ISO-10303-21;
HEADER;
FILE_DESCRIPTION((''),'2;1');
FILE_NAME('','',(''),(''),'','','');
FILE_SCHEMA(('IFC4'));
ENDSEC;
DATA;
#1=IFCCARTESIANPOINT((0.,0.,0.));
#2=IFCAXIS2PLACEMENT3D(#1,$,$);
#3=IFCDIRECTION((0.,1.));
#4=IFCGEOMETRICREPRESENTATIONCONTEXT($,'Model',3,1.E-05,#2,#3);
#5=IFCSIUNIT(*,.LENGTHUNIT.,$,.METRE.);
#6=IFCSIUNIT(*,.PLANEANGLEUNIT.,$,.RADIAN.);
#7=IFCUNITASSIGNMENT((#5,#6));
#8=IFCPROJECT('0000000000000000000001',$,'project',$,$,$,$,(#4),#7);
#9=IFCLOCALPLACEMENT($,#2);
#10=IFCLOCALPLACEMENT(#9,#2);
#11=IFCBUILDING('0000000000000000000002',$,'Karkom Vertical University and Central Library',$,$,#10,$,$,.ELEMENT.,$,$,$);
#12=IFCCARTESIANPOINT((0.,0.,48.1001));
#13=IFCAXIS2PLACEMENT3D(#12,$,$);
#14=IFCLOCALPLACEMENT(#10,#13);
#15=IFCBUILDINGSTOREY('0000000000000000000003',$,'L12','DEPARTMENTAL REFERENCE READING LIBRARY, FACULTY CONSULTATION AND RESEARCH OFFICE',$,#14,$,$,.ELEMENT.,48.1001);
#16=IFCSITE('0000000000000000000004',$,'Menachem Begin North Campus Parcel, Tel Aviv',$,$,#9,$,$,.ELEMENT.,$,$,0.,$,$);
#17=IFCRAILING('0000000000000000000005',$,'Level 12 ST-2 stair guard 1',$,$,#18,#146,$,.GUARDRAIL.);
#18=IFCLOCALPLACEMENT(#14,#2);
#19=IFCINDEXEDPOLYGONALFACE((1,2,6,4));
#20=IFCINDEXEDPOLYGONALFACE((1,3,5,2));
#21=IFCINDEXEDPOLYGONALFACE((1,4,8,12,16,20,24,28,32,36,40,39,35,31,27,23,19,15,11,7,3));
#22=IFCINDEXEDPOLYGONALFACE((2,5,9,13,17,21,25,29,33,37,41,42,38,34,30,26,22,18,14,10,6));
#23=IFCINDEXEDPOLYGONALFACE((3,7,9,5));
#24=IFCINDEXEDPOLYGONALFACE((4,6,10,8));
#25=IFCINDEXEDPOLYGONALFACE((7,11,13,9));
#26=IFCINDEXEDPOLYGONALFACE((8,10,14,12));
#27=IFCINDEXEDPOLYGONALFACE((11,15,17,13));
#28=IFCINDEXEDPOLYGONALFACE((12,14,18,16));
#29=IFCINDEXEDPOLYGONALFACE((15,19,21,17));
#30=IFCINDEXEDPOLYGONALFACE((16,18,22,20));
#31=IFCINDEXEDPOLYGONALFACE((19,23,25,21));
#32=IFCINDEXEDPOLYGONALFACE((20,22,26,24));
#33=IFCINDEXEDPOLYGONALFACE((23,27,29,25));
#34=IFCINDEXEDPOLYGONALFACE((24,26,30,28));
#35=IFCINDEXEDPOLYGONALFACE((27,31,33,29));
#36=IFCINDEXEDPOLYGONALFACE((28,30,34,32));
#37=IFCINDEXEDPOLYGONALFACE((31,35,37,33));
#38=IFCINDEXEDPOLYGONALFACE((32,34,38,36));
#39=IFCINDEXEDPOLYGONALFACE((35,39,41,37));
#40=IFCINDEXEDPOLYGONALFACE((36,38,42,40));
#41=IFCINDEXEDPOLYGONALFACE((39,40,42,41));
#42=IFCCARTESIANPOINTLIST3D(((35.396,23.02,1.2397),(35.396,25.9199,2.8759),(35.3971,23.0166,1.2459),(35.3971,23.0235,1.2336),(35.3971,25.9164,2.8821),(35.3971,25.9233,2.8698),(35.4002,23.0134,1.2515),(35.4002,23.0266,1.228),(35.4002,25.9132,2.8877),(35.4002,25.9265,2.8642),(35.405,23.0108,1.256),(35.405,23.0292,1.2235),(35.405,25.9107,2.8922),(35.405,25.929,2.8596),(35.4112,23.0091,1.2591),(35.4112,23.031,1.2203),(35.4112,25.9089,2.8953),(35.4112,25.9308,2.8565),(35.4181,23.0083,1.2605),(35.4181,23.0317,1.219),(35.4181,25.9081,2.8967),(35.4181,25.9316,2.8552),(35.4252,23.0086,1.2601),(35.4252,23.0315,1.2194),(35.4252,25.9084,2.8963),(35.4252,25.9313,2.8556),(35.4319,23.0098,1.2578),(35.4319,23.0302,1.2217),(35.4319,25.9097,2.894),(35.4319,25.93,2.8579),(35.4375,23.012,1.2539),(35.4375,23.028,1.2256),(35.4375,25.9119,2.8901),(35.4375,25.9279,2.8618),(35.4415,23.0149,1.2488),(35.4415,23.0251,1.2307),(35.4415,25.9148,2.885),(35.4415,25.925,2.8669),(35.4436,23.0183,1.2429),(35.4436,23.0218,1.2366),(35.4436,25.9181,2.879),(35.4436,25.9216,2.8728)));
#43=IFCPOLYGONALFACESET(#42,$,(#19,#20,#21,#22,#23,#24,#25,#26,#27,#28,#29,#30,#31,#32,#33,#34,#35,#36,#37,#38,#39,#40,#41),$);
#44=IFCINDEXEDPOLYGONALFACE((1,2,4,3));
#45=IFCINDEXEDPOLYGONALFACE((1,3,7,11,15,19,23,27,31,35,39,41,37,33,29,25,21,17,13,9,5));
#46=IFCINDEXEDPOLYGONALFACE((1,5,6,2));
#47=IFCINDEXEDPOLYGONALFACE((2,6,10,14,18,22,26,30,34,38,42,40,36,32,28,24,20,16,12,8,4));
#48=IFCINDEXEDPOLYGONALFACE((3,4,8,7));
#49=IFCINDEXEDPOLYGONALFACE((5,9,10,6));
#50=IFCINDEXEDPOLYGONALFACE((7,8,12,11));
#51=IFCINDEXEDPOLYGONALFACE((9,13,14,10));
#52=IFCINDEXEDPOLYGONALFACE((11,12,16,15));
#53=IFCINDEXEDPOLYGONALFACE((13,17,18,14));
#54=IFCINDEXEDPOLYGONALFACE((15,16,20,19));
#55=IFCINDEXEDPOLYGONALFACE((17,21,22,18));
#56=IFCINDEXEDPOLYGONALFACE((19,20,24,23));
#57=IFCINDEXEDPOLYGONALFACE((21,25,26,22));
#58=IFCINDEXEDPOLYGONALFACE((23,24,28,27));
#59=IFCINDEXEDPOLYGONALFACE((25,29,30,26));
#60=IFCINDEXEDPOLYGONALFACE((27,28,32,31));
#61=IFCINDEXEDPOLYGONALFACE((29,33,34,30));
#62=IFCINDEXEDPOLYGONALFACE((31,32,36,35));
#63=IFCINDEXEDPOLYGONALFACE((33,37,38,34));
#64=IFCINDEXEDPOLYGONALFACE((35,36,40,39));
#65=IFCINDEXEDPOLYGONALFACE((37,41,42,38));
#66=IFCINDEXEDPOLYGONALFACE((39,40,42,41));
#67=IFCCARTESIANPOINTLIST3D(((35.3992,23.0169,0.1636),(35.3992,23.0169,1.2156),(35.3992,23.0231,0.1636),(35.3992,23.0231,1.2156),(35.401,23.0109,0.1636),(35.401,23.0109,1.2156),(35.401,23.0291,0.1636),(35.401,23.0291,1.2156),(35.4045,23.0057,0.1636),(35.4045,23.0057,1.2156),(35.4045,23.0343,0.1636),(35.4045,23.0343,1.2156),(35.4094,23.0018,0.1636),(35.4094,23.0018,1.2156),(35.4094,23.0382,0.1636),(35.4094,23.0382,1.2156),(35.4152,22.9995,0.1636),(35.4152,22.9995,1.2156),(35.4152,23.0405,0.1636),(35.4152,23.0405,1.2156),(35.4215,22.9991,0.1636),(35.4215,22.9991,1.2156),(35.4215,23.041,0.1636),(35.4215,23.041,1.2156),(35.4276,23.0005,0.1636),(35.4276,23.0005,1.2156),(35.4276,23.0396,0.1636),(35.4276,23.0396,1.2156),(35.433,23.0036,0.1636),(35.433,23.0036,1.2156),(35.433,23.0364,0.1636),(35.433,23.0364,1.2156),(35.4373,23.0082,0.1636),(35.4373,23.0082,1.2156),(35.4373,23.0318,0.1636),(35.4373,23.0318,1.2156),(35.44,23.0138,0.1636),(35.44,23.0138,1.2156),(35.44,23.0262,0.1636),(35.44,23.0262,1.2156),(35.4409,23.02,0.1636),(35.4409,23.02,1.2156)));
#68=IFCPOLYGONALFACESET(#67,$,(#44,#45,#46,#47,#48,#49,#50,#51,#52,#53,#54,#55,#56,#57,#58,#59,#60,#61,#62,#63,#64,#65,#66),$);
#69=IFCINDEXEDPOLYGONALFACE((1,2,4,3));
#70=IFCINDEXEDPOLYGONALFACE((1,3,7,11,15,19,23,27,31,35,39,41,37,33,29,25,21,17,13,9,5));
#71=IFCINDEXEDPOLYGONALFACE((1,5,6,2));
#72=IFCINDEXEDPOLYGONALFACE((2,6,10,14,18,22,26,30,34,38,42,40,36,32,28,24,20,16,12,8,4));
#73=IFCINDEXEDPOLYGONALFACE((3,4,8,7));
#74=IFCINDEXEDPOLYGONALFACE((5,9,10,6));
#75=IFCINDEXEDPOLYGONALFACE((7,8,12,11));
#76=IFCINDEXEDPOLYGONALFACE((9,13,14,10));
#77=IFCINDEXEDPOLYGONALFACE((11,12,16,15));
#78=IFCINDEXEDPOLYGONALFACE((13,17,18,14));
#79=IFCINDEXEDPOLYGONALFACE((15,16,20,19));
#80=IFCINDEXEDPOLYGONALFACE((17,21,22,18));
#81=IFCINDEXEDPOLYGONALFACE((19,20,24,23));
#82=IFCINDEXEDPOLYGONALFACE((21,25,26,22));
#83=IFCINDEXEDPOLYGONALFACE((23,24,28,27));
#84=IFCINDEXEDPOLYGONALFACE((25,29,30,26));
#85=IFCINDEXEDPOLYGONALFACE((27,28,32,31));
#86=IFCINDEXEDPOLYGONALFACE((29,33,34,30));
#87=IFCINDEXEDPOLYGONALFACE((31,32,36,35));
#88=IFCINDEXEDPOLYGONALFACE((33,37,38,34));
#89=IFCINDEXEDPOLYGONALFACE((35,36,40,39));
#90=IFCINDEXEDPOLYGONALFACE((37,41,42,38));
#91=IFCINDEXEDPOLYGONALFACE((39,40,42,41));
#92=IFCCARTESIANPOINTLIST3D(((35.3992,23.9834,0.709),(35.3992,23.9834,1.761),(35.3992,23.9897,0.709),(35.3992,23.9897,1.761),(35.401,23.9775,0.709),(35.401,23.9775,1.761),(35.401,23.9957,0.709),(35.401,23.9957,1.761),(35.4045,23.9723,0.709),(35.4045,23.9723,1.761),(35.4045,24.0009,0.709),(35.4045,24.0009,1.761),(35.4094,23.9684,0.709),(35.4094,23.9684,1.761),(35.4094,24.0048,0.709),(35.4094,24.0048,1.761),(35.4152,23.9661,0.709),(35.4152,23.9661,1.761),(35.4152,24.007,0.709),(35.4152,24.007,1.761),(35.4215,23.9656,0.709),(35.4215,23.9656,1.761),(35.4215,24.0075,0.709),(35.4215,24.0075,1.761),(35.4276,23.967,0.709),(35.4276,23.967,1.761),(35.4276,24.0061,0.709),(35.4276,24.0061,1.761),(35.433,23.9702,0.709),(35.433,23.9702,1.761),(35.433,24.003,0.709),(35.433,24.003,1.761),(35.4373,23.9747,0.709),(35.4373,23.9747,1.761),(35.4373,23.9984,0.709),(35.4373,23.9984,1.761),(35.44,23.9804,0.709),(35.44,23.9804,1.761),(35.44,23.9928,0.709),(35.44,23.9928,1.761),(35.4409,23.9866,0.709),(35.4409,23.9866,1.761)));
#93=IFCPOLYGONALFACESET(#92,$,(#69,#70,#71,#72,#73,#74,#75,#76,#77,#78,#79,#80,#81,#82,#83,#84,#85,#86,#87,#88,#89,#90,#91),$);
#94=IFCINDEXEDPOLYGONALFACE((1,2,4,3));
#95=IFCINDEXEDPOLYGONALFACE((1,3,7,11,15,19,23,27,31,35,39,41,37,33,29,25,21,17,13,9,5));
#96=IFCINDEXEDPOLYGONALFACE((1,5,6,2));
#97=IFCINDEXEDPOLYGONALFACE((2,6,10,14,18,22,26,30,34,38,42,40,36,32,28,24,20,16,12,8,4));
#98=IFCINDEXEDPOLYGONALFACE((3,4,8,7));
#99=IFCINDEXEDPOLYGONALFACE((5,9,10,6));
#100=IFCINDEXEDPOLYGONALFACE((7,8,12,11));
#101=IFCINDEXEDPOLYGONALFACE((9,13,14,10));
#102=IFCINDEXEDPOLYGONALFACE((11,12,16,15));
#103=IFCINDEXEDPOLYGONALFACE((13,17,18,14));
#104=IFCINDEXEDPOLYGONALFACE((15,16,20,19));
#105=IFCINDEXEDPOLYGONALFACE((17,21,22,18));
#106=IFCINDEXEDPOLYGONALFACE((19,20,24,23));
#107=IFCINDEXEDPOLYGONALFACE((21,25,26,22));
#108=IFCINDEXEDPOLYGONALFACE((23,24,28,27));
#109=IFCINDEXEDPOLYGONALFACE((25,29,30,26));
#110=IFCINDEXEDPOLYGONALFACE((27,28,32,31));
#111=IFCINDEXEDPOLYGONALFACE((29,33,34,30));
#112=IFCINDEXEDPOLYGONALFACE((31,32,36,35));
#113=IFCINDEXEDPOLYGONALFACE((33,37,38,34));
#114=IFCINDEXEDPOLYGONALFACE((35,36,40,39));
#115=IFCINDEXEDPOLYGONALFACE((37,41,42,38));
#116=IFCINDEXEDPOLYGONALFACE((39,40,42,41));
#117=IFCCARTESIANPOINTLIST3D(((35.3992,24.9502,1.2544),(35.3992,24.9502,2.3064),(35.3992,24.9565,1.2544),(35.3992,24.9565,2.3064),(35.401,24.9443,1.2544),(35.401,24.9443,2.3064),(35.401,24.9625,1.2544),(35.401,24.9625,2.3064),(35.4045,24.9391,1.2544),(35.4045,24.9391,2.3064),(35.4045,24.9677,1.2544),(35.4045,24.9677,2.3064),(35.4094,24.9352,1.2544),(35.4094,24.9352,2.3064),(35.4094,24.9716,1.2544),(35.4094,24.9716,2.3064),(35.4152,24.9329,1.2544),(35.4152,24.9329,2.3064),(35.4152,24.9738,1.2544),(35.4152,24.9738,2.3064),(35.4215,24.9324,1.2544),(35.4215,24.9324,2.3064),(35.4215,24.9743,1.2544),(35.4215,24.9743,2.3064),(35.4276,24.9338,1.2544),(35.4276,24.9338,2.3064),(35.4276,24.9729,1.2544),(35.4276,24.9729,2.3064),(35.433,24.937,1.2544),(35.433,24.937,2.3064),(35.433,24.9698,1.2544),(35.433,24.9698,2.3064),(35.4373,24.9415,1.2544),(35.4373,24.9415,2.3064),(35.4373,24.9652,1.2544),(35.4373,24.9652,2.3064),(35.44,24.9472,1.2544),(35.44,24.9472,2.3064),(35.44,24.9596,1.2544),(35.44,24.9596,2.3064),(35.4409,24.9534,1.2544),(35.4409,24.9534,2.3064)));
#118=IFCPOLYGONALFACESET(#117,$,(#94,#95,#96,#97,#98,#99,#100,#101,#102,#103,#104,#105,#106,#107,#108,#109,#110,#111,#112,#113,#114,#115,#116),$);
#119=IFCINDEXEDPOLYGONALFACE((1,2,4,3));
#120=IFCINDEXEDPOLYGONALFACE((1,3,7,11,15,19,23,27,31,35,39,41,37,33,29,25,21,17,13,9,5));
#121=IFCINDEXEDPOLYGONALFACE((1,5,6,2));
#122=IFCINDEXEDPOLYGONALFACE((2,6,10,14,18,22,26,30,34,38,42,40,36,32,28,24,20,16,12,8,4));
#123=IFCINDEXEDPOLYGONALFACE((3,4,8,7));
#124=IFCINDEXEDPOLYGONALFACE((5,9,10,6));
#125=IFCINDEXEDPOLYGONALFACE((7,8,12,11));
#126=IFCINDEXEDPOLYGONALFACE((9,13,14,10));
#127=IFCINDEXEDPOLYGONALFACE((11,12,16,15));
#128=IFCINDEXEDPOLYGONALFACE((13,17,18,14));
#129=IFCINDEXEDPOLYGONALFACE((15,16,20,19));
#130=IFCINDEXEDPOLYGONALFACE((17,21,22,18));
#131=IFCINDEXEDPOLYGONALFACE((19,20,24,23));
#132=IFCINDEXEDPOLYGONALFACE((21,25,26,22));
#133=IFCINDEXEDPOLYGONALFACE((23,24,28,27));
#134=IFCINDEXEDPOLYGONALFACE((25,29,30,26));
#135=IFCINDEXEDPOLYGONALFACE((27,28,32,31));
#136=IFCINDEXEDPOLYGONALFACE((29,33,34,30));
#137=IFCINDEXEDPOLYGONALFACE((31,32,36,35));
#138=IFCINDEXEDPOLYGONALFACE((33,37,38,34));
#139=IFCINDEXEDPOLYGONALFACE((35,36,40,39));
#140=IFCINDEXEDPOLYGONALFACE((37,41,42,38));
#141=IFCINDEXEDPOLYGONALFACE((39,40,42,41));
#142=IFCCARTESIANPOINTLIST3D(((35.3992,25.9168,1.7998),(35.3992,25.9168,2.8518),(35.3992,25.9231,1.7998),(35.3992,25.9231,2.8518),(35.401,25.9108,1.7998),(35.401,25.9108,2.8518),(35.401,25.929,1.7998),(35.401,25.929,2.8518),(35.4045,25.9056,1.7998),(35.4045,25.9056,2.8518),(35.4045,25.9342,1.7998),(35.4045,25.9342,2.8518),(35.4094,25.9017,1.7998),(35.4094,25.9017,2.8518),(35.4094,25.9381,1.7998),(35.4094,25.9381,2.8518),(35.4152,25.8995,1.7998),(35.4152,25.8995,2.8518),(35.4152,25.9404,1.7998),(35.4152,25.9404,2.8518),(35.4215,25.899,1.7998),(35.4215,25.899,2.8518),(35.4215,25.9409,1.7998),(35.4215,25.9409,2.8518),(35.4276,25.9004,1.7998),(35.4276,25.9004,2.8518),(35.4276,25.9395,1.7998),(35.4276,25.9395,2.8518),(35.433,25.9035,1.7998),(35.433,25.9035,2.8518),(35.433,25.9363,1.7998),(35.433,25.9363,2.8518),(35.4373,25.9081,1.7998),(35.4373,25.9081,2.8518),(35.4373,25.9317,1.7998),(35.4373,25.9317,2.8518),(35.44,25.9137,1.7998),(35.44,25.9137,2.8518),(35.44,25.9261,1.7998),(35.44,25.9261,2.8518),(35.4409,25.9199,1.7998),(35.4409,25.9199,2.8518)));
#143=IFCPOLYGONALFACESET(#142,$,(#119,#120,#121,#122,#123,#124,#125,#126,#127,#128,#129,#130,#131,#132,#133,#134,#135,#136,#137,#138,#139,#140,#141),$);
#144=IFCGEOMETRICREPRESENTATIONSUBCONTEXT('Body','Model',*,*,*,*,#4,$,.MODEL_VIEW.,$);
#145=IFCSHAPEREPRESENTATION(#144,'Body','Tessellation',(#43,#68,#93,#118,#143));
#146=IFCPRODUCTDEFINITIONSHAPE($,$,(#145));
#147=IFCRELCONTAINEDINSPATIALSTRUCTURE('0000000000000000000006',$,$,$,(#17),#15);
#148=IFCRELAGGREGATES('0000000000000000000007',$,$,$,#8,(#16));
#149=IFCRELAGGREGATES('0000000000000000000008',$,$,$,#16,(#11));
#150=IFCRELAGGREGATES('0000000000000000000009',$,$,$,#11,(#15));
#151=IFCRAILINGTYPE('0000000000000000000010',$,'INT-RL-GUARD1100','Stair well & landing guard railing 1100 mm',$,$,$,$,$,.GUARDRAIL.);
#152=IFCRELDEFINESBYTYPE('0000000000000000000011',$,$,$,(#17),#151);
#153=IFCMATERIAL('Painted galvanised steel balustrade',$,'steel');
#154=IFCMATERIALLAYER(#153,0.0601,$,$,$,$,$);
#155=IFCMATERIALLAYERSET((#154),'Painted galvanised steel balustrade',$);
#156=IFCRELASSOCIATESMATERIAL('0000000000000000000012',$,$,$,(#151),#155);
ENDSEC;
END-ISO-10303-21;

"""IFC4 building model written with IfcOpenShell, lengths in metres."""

from ifc_helpers import new_model, si_unit, direction, frame, origin, origin_2d, place, context, subcontext, project, spatial, circle, extrude, material, layer, layer_set, type_object, element, save


model = new_model("IFC4")

# Units and contexts
model_context = context("Model", 3, precision=1e-05, world=origin(), true_north=direction((0.0, 1.0)))
body_context = subcontext(model_context, "Body", "Model", "MODEL_VIEW")
ifc_project = project(units=[si_unit("LENGTHUNIT", "METRE"), si_unit("PLANEANGLEUNIT", "RADIAN")], contexts=[model_context])

# Site, building, storey
site_placement = place(None, origin())
site = spatial("IfcSite", under=ifc_project, at=site_placement, Name="Menachem Begin North Campus Parcel, Tel Aviv", CompositionType="ELEMENT", RefElevation=0.0)
building_placement = place(site_placement, origin())
building = spatial("IfcBuilding", under=site, at=building_placement, Name="Karkom Vertical University and Central Library", CompositionType="ELEMENT")
storey_placement = place(building_placement, frame((0.0, 0.0, 48.1001)))
storey = spatial("IfcBuildingStorey", under=building, at=storey_placement, Name="L12", Description="DEPARTMENTAL REFERENCE READING LIBRARY, FACULTY CONSULTATION AND RESEARCH OFFICE", CompositionType="ELEMENT", Elevation=48.1001)

# Railing
ifc_material_1 = material(Name="Painted galvanised steel balustrade", Category="steel")
ifc_layer_1 = layer(ifc_material_1, 0.0601)
ifc_layer_set_1 = layer_set([ifc_layer_1], Name="Painted galvanised steel balustrade")
railing_type_1 = type_object("IfcRailingType", Name="INT-RL-GUARD1100", Description="Stair well & landing guard railing 1100 mm", PredefinedType="GUARDRAIL", material=ifc_layer_set_1)
railing_1_placement = place(storey_placement, frame((35.4199, 23.02, 0.1636)))
element("IfcRailing", 1, at=railing_1_placement, inside=storey, type_object=railing_type_1, Name="Level 12 ST-2 stair guard 1", PredefinedType="GUARDRAIL", context=body_context, shape_type="SweptSolid", body=[
    extrude(circle(Radius=0.0239, at=origin_2d()), frame((0.0, 0.0, 1.0762), z_axis=(0.0, 0.870929, 0.49141), x_axis=(-1.0, 0.0, 0.0)), (0.0, 0.0, 1.0), 3.3296),
    extrude(circle(Radius=0.021, at=origin_2d()), origin(), (0.0, 0.0, 1.0), 1.052),
    extrude(circle(Radius=0.021, at=origin_2d()), frame((0.0, 0.9666, 0.5454)), (0.0, 0.0, 1.0), 1.052),
    extrude(circle(Radius=0.021, at=origin_2d()), frame((0.0, 1.9333, 1.0908)), (0.0, 0.0, 1.0), 1.052),
    extrude(circle(Radius=0.021, at=origin_2d()), frame((0.0, 2.8999, 1.6362)), (0.0, 0.0, 1.0), 1.052),
])

save(model, "model.ifc")
